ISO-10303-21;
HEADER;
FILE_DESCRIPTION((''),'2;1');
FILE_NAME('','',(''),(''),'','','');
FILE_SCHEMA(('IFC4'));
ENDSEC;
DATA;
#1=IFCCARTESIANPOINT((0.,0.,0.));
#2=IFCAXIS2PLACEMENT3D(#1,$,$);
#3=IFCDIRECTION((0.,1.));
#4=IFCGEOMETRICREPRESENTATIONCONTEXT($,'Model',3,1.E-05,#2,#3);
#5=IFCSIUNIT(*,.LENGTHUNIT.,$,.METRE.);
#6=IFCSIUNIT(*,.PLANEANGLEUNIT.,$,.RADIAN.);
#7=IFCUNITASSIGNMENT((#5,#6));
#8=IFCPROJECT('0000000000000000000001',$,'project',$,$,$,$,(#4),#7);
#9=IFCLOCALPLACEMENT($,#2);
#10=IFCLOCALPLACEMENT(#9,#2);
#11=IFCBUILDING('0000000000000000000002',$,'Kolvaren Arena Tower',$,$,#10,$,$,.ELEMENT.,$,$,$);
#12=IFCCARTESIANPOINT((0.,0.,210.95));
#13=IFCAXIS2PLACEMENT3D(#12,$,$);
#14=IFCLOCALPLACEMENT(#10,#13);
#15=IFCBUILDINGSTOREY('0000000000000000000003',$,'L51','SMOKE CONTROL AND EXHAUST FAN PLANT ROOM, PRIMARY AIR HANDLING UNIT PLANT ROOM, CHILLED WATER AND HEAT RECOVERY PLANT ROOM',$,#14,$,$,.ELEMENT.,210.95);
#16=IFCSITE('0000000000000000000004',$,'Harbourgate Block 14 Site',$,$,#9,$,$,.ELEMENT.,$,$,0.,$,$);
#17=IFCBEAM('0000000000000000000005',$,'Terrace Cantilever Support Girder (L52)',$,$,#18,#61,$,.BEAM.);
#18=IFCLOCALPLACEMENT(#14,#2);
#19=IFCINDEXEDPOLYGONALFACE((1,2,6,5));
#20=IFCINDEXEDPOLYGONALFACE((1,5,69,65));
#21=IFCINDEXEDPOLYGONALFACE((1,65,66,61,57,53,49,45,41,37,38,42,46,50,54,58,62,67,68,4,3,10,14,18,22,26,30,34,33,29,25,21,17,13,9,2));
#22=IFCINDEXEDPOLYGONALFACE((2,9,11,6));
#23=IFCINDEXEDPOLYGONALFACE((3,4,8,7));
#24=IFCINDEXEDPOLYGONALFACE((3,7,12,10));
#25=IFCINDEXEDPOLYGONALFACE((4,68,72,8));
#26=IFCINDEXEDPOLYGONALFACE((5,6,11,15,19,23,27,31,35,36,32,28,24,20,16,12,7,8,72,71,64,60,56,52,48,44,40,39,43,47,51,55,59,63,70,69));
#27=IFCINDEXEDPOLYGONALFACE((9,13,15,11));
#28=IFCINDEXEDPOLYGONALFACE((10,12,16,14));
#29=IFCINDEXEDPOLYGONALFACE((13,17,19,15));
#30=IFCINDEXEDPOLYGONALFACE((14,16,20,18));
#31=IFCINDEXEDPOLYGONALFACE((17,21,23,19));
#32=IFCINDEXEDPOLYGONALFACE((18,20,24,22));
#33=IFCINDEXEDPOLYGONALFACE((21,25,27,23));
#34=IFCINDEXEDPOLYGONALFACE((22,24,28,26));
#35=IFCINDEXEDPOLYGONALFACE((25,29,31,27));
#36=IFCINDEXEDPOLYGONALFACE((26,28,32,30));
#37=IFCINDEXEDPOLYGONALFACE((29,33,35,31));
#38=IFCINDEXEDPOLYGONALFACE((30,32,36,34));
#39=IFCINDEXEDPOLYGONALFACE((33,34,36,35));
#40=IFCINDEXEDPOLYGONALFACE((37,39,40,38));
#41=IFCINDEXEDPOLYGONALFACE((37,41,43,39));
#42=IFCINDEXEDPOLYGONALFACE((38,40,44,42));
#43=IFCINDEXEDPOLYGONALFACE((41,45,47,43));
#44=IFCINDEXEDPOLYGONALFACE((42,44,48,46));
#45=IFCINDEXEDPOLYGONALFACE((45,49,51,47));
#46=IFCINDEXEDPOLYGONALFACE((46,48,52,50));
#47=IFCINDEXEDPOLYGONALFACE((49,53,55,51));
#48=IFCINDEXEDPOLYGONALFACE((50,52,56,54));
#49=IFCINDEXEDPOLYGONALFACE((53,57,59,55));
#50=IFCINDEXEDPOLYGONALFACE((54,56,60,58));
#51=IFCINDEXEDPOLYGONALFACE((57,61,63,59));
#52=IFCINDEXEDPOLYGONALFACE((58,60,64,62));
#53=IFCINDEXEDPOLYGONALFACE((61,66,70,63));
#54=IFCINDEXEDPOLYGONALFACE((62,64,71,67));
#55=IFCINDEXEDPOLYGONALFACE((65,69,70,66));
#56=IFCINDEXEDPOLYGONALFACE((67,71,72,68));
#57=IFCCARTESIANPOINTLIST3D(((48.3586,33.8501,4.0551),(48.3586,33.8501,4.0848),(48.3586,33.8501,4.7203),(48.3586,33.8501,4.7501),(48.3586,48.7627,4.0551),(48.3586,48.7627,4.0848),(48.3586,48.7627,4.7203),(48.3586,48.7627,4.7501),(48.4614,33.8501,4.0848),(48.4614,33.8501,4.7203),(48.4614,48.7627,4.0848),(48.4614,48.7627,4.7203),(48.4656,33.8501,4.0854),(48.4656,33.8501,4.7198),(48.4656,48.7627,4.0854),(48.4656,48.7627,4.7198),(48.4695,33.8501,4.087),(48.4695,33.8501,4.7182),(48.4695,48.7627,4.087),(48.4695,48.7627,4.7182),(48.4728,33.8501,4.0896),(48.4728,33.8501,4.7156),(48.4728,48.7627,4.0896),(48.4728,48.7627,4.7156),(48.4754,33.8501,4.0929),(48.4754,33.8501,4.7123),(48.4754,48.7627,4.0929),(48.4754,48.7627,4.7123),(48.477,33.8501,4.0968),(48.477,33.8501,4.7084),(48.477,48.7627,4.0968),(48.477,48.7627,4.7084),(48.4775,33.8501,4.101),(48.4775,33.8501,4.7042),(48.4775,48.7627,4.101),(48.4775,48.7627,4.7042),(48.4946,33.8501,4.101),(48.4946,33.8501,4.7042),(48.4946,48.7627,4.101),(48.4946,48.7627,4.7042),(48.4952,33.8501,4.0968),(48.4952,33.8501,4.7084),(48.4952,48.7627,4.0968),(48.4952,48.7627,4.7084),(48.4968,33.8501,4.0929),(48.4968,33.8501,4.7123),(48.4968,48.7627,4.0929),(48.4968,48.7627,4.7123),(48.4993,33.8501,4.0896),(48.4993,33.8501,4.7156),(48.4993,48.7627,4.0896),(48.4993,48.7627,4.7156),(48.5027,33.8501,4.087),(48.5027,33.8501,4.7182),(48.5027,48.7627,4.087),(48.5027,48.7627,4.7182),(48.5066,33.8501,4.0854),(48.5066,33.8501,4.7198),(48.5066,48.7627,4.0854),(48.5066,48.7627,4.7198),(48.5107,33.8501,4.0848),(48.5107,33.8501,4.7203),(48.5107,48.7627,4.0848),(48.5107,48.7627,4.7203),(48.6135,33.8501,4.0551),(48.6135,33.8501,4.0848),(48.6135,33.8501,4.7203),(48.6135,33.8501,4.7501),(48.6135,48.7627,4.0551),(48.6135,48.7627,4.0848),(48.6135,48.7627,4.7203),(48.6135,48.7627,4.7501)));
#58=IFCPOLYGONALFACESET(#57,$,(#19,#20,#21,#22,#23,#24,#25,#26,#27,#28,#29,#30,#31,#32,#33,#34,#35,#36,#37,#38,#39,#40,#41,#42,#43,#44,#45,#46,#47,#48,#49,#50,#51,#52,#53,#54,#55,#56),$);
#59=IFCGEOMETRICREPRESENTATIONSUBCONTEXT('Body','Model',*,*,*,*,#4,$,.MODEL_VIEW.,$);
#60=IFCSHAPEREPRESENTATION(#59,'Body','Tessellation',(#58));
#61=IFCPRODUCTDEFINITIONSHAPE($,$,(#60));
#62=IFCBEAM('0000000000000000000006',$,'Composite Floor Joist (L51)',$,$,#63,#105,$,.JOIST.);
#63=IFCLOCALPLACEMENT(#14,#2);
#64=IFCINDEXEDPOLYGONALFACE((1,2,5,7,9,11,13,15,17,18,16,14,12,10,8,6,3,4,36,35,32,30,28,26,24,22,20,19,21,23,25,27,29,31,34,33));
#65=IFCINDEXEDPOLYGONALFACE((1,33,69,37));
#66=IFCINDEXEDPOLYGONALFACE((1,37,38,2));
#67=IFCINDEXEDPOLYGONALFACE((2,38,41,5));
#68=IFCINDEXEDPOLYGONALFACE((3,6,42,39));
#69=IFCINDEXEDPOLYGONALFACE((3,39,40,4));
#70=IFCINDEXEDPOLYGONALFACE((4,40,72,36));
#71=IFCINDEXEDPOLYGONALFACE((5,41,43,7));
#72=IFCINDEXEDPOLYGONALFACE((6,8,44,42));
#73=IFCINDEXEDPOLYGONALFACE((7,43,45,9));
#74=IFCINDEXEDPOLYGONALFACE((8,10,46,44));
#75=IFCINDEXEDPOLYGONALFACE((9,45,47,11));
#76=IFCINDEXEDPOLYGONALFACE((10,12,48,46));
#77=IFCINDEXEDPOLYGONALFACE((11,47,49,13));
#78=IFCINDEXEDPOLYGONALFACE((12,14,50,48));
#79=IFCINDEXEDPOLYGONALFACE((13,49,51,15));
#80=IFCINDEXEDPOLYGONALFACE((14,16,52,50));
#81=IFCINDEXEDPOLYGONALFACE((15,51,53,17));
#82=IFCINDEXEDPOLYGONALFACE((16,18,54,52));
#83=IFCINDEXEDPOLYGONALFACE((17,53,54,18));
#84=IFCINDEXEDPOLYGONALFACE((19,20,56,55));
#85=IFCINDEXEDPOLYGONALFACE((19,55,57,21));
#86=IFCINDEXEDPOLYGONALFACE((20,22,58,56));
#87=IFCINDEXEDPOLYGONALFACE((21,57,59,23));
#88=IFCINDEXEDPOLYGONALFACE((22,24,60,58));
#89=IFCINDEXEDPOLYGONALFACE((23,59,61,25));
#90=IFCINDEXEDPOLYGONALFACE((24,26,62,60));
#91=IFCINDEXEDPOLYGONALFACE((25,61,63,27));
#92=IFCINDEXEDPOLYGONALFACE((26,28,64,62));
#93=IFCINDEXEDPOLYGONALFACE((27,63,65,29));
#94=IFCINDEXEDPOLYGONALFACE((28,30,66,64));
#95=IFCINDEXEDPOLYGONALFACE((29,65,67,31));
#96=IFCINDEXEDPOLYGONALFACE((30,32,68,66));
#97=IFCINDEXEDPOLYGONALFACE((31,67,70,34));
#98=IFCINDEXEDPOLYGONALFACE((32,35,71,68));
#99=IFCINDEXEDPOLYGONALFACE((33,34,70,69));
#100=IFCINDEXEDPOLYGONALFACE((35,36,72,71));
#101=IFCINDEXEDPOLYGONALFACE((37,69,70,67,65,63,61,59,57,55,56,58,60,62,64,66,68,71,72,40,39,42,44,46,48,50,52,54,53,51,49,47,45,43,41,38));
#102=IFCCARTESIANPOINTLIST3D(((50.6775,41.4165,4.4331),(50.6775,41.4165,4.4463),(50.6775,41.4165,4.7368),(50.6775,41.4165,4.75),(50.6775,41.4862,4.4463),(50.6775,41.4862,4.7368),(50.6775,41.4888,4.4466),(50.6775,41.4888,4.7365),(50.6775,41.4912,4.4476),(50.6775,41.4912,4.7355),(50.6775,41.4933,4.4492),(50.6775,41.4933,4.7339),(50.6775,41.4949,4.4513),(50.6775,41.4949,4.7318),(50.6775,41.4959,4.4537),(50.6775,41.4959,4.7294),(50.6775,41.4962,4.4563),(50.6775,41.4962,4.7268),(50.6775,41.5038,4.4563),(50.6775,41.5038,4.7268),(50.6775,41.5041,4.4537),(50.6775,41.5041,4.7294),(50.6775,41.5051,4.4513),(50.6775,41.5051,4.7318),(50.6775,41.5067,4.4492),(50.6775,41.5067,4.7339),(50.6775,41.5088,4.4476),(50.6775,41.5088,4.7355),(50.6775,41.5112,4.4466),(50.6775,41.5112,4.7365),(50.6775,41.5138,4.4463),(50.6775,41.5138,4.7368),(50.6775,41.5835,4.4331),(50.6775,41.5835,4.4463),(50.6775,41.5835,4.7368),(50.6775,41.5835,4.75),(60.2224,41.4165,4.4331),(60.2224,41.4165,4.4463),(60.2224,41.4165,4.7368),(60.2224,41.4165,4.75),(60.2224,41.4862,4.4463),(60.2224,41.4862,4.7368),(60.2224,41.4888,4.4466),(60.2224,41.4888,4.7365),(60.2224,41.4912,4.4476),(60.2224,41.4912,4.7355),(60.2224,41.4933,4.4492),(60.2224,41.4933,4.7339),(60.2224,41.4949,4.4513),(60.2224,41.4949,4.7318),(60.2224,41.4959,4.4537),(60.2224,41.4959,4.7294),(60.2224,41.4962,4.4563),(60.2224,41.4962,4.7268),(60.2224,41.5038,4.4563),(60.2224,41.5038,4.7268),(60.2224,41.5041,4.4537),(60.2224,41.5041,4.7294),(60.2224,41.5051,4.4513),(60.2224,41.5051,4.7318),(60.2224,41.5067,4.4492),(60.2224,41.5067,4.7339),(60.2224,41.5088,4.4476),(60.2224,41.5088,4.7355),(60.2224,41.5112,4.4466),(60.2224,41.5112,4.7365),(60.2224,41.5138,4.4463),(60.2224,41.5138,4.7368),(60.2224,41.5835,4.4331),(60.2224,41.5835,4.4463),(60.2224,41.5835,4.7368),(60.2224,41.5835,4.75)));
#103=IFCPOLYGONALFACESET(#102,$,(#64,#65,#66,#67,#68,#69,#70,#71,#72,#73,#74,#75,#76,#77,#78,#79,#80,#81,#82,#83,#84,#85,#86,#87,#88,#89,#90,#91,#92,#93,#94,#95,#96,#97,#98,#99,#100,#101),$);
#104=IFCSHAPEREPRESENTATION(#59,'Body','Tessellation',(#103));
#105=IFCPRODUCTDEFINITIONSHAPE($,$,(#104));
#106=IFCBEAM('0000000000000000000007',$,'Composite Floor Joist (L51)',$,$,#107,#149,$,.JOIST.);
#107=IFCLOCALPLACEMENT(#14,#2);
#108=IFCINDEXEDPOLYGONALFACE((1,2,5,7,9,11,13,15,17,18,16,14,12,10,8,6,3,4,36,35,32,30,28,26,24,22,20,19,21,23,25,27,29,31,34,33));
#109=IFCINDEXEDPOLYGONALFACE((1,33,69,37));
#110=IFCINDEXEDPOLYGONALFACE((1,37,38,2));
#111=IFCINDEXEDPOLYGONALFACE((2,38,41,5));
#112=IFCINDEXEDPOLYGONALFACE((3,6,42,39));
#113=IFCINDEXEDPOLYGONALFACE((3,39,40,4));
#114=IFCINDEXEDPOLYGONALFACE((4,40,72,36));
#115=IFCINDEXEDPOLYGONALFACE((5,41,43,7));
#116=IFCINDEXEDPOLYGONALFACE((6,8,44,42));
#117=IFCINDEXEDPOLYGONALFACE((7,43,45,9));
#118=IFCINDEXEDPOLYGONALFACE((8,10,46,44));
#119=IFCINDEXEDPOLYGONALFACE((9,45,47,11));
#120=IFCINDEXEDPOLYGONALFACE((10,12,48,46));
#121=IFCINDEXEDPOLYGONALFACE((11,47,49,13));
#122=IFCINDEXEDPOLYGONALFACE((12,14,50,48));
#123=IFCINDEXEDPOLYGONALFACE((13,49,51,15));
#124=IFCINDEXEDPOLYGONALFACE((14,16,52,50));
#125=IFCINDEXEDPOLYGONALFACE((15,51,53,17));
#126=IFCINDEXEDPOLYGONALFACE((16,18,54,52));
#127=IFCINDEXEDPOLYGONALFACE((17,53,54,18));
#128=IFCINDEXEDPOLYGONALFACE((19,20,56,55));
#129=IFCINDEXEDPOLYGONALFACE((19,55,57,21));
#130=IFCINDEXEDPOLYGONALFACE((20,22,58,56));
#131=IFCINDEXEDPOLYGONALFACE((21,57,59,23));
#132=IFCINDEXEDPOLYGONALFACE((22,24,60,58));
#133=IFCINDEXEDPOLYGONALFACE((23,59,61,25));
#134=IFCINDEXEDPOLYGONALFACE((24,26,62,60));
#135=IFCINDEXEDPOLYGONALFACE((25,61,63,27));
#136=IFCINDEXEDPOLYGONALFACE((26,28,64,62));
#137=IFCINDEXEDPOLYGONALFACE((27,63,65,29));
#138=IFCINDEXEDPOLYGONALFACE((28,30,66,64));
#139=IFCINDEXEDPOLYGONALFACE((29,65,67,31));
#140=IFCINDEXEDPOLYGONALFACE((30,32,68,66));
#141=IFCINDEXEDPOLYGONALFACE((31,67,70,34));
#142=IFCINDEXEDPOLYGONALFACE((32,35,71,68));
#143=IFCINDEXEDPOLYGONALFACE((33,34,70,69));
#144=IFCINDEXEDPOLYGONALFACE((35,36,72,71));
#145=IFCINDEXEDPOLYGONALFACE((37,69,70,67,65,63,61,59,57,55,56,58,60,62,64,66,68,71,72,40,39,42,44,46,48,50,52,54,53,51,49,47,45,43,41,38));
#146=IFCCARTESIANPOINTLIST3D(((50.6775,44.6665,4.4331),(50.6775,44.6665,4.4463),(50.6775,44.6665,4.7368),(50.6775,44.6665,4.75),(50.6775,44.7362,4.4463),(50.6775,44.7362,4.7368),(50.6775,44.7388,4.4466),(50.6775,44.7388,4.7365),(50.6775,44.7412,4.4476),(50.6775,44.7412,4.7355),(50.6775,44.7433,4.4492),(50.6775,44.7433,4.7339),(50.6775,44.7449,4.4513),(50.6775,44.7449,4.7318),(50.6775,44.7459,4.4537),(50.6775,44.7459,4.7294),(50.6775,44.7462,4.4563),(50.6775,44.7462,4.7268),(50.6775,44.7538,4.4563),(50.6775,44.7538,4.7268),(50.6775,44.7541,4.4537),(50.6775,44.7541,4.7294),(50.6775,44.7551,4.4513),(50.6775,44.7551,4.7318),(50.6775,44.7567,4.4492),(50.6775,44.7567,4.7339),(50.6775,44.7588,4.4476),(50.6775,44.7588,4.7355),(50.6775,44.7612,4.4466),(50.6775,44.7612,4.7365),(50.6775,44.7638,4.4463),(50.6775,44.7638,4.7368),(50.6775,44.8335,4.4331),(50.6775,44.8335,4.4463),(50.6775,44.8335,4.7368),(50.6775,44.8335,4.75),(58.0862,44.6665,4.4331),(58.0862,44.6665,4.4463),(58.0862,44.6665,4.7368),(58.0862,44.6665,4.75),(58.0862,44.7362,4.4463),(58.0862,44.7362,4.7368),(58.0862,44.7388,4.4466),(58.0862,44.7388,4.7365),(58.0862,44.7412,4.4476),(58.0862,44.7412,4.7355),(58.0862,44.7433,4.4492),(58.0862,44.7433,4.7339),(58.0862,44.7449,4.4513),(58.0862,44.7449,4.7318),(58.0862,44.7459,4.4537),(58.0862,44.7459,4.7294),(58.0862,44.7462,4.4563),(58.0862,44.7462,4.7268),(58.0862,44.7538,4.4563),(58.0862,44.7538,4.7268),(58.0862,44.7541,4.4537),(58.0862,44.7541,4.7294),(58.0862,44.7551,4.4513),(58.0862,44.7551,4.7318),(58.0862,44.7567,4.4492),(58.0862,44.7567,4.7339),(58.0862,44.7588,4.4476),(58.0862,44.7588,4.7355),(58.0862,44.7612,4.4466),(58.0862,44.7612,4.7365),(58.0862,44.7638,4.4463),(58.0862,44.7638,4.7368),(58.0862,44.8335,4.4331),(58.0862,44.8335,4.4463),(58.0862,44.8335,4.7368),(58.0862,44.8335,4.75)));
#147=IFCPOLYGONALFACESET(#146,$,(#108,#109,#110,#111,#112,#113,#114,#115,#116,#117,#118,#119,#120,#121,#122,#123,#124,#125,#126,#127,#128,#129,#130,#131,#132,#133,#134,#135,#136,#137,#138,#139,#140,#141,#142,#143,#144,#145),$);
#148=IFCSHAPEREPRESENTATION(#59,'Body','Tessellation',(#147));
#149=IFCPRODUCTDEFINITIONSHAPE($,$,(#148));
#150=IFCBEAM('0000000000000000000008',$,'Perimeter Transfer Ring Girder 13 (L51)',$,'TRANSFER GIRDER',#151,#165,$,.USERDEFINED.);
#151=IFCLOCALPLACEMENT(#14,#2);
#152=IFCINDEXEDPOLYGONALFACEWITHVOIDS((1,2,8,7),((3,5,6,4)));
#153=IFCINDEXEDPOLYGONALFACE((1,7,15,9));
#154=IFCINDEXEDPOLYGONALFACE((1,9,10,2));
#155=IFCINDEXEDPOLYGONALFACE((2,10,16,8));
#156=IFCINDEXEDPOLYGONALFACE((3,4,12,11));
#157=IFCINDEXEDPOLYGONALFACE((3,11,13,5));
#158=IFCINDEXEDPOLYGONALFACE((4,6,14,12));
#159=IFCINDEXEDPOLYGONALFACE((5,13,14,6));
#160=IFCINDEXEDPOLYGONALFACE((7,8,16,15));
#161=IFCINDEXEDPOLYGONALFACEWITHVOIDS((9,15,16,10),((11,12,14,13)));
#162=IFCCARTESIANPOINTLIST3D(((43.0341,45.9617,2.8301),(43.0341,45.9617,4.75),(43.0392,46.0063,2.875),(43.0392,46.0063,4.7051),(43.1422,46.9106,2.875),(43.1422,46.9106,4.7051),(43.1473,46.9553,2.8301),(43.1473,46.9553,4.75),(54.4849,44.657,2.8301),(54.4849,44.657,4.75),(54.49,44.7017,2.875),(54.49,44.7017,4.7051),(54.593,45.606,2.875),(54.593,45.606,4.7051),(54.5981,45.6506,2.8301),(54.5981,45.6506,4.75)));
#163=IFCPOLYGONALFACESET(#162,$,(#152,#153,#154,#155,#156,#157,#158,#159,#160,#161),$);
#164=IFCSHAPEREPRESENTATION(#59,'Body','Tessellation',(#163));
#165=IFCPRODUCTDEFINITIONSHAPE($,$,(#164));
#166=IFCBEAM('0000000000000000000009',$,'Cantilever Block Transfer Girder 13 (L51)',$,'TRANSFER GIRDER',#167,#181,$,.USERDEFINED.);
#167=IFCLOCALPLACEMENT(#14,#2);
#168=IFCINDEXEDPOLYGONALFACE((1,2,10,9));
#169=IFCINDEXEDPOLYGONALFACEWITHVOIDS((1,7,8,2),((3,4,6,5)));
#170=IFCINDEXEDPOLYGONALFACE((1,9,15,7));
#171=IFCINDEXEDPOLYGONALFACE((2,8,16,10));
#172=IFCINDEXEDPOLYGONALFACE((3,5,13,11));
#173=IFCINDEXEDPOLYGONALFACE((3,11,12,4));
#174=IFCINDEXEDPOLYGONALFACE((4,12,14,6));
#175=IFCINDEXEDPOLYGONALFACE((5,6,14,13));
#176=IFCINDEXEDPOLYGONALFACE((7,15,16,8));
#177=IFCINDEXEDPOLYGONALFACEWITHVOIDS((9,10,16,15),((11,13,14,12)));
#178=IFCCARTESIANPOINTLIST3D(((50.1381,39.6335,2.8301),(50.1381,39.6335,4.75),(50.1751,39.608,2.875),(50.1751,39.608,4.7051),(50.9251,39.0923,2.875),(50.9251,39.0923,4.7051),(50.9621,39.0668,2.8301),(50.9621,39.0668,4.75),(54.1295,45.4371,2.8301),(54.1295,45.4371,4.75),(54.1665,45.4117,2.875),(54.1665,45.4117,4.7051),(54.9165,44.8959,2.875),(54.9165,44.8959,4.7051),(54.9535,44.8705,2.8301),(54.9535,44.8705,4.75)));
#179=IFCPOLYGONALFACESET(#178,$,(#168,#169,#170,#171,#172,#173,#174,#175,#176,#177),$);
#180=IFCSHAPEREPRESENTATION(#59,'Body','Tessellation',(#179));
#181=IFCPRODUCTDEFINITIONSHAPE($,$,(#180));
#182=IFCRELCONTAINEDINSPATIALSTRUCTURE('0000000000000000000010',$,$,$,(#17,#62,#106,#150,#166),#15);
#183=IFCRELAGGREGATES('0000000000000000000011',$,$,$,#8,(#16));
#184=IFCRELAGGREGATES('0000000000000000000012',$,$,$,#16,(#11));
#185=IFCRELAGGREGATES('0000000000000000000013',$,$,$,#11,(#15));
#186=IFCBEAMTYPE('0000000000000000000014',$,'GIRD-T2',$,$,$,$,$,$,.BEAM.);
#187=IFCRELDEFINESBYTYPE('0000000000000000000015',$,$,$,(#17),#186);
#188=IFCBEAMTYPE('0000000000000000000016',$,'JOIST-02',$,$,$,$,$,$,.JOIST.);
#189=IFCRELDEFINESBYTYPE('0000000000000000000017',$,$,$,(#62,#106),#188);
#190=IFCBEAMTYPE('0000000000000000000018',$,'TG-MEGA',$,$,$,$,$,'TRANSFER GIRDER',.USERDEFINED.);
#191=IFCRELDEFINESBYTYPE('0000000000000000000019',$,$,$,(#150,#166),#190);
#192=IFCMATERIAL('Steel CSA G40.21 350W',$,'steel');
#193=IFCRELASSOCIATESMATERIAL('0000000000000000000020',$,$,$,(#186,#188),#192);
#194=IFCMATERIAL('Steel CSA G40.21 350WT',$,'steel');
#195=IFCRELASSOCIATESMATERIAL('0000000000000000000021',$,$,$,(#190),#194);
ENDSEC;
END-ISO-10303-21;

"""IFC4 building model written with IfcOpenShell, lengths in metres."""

from ifc_helpers import new_model, si_unit, direction, frame, origin, origin_2d, place, context, subcontext, project, spatial, hollow_rectangle, i_section, extrude, material, material_profile, profile_set, type_object, element, save


model = new_model("IFC4")

# Units and contexts
model_context = context("Model", 3, precision=1e-05, world=origin(), true_north=direction((0.0, 1.0)))
body_context = subcontext(model_context, "Body", "Model", "MODEL_VIEW")
ifc_project = project(units=[si_unit("LENGTHUNIT", "METRE"), si_unit("PLANEANGLEUNIT", "RADIAN")], contexts=[model_context])

# Site, building, storey
site_placement = place(None, origin())
site = spatial("IfcSite", under=ifc_project, at=site_placement, Name="Harbourgate Block 14 Site", CompositionType="ELEMENT", RefElevation=0.0)
building_placement = place(site_placement, origin())
building = spatial("IfcBuilding", under=site, at=building_placement, Name="Kolvaren Arena Tower", CompositionType="ELEMENT")
storey_placement = place(building_placement, frame((0.0, 0.0, 210.95)))
storey = spatial("IfcBuildingStorey", under=building, at=storey_placement, Name="L51", Description="SMOKE CONTROL AND EXHAUST FAN PLANT ROOM, PRIMARY AIR HANDLING UNIT PLANT ROOM, CHILLED WATER AND HEAT RECOVERY PLANT ROOM", CompositionType="ELEMENT", Elevation=210.95)

# Beams
ifc_material_1 = material(Name="Steel CSA G40.21 350W", Category="steel")
ifc_material_profile_1 = material_profile(ifc_material_1, i_section(OverallWidth=0.2549, OverallDepth=0.6951, WebThickness=0.0171, FlangeThickness=0.0298, FilletRadius=0.0161, at=origin_2d()), Name="W690x217")
ifc_profile_set_1 = profile_set([ifc_material_profile_1], Name="Steel CSA G40.21 350W")
beam_type_1 = type_object("IfcBeamType", Name="GIRD-T2", PredefinedType="BEAM", material=ifc_profile_set_1)
beam_1_placement = place(storey_placement, frame((48.4861, 33.8501, 4.4026), z_axis=(0.0, 1.0, 0.0), x_axis=(-1.0, 0.0, 0.0)))
element("IfcBeam", 1, at=beam_1_placement, inside=storey, type_object=beam_type_1, Name="Terrace Cantilever Support Girder (L52)", PredefinedType="BEAM", context=body_context, shape_type="SweptSolid", body=[
    extrude(i_section(OverallWidth=0.2549, OverallDepth=0.6951, WebThickness=0.0171, FlangeThickness=0.0298, FilletRadius=0.0161, at=origin_2d()), origin(), (0.0, 0.0, 1.0), 14.9126),
])
ifc_material_profile_2 = material_profile(ifc_material_1, i_section(OverallWidth=0.167, OverallDepth=0.3169, WebThickness=0.0076, FlangeThickness=0.0132, FilletRadius=0.01, at=origin_2d()), Name="W310x52")
ifc_profile_set_2 = profile_set([ifc_material_profile_2], Name="Steel CSA G40.21 350W")
beam_type_2 = type_object("IfcBeamType", Name="JOIST-02", PredefinedType="JOIST", material=ifc_profile_set_2)
beam_2_placement = place(storey_placement, frame((50.6775, 41.5, 4.5916), z_axis=(1.0, 0.0, 0.0), x_axis=(0.0, 1.0, 0.0)))
element("IfcBeam", 2, at=beam_2_placement, inside=storey, type_object=beam_type_2, Name="Composite Floor Joist (L51)", PredefinedType="JOIST", context=body_context, shape_type="SweptSolid", body=[
    extrude(i_section(OverallWidth=0.167, OverallDepth=0.3169, WebThickness=0.0076, FlangeThickness=0.0132, FilletRadius=0.01, at=origin_2d()), origin(), (0.0, 0.0, 1.0), 9.5449),
])
beam_3_placement = place(storey_placement, frame((50.6775, 44.75, 4.5916), z_axis=(1.0, 0.0, 0.0), x_axis=(0.0, 1.0, 0.0)))
element("IfcBeam", 3, at=beam_3_placement, inside=storey, type_object=beam_type_2, Name="Composite Floor Joist (L51)", PredefinedType="JOIST", context=body_context, shape_type="SweptSolid", body=[
    extrude(i_section(OverallWidth=0.167, OverallDepth=0.3169, WebThickness=0.0076, FlangeThickness=0.0132, FilletRadius=0.01, at=origin_2d()), origin(), (0.0, 0.0, 1.0), 7.4087),
])
ifc_material_2 = material(Name="Steel CSA G40.21 350WT", Category="steel")
ifc_material_profile_3 = material_profile(ifc_material_2, hollow_rectangle(XDim=1.0, YDim=1.9199, WallThickness=0.0449, at=origin_2d()), Name="BOX 1000x1920x45")
ifc_profile_set_3 = profile_set([ifc_material_profile_3], Name="Steel CSA G40.21 350WT")
beam_type_3 = type_object("IfcBeamType", Name="TG-MEGA", ElementType="TRANSFER GIRDER", PredefinedType="USERDEFINED", material=ifc_profile_set_3)
beam_4_placement = place(storey_placement, frame((54.5415, 45.1538, 3.79), z_axis=(-0.993572, 0.113205, 0.0), x_axis=(-0.113205, -0.993572, 0.0)))
element("IfcBeam", 4, at=beam_4_placement, inside=storey, type_object=beam_type_3, Name="Perimeter Transfer Ring Girder 13 (L51)", ObjectType="TRANSFER GIRDER", PredefinedType="USERDEFINED", context=body_context, shape_type="SweptSolid", body=[
    extrude(hollow_rectangle(XDim=1.0, YDim=1.9199, WallThickness=0.0449, at=origin_2d()), origin(), (0.0, 0.0, 1.0), 11.5249),
])
beam_5_placement = place(storey_placement, frame((54.5415, 45.1538, 3.79), z_axis=(-0.566664, -0.823949, 0.0), x_axis=(0.823949, -0.566664, 0.0)))
element("IfcBeam", 5, at=beam_5_placement, inside=storey, type_object=beam_type_3, Name="Cantilever Block Transfer Girder 13 (L51)", ObjectType="TRANSFER GIRDER", PredefinedType="USERDEFINED", context=body_context, shape_type="SweptSolid", body=[
    extrude(hollow_rectangle(XDim=1.0, YDim=1.9199, WallThickness=0.0449, at=origin_2d()), origin(), (0.0, 0.0, 1.0), 7.0437),
])

save(model, "model.ifc")
